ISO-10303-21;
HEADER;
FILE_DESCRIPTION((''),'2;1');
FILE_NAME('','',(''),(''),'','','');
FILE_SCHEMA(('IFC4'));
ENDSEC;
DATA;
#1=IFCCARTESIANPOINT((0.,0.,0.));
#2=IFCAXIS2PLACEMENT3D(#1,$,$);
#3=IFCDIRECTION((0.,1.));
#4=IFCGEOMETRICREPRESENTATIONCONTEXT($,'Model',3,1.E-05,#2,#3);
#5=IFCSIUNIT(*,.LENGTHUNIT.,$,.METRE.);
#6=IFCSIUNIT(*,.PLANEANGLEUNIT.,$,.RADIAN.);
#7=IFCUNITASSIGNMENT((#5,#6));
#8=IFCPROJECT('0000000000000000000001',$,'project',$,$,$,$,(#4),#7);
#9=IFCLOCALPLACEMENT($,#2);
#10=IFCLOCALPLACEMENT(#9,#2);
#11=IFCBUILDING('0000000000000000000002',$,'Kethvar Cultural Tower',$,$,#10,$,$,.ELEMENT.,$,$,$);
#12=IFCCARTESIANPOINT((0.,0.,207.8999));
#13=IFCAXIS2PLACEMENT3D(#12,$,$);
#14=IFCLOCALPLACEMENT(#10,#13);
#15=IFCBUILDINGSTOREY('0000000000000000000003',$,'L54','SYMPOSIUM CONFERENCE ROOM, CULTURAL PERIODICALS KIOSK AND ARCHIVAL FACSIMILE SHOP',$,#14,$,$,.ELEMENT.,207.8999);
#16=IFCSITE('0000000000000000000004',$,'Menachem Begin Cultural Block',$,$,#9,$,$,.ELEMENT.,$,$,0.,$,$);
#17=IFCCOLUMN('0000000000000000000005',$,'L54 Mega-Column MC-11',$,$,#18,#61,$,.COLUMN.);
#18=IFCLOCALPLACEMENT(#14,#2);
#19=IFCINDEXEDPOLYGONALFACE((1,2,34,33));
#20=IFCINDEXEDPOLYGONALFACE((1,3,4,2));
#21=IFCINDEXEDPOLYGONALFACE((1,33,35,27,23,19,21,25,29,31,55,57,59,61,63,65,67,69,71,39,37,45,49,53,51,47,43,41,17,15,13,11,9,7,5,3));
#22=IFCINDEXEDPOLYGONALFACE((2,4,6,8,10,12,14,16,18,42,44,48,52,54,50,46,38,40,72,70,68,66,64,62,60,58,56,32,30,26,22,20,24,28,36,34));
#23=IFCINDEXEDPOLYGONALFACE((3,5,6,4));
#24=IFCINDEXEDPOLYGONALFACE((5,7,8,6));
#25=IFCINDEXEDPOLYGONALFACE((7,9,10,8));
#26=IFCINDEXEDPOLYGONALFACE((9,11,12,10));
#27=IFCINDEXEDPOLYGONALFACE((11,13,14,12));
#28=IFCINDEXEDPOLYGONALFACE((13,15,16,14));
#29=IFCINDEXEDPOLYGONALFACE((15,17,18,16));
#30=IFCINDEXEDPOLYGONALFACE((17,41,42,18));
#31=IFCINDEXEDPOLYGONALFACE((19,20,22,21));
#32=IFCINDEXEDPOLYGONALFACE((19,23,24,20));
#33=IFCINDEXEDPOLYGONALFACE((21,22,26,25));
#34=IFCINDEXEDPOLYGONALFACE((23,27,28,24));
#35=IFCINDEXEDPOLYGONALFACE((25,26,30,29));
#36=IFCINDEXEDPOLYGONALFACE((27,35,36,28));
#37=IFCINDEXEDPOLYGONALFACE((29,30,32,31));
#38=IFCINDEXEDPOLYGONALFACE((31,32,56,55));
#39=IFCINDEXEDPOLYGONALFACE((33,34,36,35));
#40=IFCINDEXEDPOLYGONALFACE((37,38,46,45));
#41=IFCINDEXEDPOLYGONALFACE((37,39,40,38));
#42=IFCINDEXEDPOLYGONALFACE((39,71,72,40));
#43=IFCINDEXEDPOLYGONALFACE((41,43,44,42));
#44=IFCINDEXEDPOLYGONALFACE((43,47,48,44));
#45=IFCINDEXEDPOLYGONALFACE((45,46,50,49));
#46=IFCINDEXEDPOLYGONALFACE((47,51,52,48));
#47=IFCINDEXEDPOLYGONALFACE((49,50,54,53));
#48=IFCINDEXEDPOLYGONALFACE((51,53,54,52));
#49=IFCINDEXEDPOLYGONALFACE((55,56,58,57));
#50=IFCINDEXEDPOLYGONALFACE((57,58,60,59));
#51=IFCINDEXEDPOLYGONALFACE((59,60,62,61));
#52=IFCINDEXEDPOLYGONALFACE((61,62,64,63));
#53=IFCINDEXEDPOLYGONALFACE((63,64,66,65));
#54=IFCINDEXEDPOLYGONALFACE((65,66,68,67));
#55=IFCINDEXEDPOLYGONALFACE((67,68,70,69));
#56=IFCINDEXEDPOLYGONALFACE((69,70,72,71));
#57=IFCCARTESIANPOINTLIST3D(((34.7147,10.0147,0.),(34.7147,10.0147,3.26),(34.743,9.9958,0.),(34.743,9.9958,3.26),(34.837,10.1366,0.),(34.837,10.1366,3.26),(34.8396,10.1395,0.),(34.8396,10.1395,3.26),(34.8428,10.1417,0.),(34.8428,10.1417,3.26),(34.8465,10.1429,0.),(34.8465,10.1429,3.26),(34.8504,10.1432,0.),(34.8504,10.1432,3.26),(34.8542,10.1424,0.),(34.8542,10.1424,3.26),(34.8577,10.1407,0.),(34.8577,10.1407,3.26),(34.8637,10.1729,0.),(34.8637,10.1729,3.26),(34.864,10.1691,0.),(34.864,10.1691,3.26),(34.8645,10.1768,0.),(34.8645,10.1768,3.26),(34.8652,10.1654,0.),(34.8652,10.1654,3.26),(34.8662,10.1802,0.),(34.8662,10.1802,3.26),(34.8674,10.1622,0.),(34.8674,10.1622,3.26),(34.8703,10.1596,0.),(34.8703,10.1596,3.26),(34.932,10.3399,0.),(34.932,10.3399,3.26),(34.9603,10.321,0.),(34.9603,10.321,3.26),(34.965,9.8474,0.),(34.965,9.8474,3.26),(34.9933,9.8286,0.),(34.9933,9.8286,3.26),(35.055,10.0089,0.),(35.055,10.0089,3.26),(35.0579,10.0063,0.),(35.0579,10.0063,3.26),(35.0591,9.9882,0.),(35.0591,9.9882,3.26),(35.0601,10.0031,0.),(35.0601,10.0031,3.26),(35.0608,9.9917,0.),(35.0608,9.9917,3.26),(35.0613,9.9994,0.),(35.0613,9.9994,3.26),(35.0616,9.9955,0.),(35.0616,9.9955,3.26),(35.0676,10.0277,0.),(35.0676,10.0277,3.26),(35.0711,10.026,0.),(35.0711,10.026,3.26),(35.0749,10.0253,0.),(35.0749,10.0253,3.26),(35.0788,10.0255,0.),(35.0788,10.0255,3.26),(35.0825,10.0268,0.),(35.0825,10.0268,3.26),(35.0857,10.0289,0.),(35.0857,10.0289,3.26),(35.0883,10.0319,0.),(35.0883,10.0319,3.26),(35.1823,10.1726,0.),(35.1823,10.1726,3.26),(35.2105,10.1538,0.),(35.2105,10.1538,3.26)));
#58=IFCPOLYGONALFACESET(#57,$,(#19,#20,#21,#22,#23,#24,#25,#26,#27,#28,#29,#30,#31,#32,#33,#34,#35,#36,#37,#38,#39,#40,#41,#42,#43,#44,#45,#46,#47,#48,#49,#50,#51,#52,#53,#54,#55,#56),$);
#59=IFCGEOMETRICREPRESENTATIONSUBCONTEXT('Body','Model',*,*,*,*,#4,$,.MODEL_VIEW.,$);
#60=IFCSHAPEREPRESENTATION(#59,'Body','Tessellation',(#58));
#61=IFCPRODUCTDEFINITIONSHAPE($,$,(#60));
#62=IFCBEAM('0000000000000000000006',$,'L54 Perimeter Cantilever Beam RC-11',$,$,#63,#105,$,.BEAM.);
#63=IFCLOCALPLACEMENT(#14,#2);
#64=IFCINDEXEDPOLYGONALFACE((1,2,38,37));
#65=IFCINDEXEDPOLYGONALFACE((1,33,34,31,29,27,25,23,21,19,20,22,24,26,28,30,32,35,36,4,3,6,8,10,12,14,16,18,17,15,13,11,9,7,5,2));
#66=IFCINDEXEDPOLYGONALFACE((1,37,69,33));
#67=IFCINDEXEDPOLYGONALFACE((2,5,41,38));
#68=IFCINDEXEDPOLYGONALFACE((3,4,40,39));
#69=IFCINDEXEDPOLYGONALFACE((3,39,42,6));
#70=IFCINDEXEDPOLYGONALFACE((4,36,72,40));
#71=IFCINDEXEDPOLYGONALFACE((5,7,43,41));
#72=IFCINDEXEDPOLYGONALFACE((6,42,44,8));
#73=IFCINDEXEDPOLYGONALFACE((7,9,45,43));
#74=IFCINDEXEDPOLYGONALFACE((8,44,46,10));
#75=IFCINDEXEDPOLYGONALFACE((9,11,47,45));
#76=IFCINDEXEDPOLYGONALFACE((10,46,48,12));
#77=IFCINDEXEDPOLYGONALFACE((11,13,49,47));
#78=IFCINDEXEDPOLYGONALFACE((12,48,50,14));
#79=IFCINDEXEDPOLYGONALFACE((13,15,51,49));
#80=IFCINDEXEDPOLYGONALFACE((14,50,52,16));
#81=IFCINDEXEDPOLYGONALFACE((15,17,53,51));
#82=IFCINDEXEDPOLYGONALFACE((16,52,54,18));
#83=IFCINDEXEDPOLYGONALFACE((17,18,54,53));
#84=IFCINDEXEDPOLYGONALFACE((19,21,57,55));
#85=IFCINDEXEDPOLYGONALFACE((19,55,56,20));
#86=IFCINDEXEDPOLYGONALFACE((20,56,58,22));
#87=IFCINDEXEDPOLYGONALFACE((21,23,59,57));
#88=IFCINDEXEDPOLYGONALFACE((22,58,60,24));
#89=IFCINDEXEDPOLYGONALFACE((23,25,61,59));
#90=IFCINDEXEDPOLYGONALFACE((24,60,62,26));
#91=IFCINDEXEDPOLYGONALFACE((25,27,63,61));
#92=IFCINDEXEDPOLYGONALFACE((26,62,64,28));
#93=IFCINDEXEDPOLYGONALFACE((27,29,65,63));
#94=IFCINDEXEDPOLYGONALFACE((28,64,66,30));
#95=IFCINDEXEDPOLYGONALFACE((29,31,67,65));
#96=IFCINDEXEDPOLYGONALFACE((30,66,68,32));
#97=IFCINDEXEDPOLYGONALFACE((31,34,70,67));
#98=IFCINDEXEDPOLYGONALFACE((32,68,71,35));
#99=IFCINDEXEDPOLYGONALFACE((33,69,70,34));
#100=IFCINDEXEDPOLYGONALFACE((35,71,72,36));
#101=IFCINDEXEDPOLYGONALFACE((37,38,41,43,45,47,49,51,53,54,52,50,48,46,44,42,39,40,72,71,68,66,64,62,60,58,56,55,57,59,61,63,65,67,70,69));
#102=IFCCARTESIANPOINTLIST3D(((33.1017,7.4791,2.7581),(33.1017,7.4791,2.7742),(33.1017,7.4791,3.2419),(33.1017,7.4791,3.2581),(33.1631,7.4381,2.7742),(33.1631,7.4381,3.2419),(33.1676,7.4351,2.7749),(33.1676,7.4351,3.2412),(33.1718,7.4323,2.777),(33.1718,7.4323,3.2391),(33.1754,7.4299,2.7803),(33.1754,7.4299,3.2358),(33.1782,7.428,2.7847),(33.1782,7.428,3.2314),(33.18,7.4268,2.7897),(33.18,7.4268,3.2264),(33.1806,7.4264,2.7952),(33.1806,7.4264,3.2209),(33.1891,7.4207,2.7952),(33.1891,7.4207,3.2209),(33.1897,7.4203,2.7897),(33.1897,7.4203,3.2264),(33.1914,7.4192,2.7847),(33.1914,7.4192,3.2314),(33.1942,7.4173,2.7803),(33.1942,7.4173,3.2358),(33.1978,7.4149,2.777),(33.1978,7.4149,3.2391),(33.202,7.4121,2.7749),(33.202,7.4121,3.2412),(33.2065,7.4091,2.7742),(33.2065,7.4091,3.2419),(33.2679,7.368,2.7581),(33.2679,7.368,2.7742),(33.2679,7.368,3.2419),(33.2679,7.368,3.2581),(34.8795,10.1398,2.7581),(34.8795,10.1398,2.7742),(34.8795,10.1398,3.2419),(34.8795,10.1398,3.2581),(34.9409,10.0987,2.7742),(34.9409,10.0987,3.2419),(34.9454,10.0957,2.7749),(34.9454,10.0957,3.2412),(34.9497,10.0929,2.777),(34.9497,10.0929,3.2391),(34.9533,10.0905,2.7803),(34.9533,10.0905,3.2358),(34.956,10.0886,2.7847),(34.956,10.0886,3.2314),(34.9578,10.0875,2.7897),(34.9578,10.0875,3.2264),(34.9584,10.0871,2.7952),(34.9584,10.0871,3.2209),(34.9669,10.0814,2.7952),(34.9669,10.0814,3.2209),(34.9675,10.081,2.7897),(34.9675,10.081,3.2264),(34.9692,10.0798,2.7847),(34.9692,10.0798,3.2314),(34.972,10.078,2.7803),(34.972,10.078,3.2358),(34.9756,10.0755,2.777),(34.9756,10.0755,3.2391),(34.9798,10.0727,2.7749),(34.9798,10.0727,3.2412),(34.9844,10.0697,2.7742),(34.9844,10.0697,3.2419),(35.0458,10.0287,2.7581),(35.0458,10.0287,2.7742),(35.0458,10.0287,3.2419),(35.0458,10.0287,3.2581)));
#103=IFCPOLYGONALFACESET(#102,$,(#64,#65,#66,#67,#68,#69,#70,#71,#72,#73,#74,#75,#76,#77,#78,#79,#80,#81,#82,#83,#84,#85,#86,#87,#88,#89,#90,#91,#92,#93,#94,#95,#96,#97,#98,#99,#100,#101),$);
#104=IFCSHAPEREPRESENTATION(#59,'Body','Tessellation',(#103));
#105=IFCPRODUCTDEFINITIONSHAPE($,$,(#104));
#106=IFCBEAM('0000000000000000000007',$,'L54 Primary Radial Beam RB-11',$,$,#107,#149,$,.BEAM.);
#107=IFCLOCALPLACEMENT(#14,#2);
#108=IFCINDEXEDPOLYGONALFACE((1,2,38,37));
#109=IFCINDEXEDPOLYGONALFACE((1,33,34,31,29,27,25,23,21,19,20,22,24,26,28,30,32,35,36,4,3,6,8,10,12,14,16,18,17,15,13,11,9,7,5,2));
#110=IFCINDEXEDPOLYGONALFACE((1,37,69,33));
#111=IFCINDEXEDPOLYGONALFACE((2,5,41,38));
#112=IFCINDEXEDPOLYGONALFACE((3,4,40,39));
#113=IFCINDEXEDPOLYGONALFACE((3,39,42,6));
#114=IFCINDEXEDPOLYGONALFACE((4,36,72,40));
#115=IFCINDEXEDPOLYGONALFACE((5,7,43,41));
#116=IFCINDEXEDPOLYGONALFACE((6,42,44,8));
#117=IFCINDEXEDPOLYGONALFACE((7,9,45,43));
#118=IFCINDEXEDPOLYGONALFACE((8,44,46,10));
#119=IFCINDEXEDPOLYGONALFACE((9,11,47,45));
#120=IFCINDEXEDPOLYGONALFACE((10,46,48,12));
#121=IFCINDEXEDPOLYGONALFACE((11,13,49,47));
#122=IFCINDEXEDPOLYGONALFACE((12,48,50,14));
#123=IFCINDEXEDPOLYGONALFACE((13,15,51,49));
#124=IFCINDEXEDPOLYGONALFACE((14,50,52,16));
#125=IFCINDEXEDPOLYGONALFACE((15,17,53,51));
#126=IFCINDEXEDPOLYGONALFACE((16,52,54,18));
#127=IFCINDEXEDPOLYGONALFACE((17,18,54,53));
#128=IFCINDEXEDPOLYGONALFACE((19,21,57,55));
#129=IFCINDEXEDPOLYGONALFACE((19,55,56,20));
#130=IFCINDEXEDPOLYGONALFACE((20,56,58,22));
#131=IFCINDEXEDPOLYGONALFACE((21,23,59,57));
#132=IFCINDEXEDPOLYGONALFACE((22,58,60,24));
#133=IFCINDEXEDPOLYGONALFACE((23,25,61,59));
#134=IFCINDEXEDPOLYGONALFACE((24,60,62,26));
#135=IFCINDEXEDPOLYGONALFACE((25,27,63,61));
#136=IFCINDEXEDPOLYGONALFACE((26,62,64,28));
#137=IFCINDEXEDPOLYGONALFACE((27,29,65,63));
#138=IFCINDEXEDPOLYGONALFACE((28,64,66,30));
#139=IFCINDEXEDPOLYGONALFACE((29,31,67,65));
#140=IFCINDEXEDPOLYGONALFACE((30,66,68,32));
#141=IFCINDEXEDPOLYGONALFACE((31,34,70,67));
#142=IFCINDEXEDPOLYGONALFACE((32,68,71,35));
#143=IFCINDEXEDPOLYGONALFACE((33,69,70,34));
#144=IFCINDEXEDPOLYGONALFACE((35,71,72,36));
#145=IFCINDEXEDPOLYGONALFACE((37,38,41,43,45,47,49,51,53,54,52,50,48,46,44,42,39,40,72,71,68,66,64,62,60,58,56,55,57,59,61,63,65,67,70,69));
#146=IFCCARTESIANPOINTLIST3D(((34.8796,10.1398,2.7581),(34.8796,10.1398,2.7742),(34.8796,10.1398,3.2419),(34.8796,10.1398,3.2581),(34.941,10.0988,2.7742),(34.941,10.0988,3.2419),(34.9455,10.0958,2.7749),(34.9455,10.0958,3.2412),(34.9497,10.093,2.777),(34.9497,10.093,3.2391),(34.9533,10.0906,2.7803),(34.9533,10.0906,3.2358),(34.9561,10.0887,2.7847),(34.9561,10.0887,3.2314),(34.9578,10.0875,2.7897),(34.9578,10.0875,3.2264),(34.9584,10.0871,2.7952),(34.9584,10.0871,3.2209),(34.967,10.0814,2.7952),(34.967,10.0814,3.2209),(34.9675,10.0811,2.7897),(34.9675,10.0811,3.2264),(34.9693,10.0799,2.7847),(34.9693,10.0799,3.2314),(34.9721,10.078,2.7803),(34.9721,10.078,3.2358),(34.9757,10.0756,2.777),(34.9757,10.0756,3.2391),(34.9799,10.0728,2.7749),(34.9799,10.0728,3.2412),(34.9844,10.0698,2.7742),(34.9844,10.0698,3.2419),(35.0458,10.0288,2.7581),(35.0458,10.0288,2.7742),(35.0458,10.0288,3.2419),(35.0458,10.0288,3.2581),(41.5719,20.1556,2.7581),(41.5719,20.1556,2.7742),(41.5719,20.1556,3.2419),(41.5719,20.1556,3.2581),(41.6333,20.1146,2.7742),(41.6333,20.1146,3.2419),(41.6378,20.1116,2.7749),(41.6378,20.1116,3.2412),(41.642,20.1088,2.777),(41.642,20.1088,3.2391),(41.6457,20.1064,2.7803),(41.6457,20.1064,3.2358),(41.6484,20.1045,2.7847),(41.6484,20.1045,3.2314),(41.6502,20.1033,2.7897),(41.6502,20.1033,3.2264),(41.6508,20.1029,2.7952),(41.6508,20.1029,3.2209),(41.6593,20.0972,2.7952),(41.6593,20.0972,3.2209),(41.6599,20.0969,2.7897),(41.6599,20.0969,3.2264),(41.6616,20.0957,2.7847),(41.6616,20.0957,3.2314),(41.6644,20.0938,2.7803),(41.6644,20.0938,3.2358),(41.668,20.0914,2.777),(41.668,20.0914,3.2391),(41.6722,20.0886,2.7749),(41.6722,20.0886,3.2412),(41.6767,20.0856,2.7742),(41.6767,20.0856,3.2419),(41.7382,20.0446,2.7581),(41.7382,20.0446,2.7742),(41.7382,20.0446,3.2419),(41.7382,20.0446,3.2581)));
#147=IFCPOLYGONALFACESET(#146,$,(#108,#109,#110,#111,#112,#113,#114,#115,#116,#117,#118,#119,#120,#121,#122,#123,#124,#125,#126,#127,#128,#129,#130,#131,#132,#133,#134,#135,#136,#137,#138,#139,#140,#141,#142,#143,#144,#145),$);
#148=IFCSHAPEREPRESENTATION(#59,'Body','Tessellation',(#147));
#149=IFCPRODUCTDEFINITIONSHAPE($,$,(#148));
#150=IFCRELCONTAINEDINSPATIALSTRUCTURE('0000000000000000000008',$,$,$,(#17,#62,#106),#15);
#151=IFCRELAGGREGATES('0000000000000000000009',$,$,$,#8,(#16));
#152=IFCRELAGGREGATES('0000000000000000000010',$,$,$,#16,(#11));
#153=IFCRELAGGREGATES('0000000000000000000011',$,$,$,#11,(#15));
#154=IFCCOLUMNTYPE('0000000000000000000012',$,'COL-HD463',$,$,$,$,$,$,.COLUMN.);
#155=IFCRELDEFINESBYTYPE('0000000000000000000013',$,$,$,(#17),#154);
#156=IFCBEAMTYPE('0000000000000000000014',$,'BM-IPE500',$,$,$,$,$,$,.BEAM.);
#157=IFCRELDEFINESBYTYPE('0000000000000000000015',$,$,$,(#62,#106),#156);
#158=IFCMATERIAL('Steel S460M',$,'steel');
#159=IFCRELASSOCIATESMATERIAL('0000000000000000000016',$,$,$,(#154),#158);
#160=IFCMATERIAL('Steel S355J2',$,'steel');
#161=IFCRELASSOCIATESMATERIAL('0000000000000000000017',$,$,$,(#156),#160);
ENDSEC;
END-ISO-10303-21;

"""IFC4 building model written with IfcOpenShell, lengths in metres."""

from ifc_helpers import new_model, si_unit, direction, frame, origin, origin_2d, place, context, subcontext, project, spatial, i_section, extrude, source, transform, mapped, material, material_profile, profile_set, type_object, element, save


model = new_model("IFC4")

# Units and contexts
model_context = context("Model", 3, precision=1e-05, world=origin(), true_north=direction((0.0, 1.0)))
body_context = subcontext(model_context, "Body", "Model", "MODEL_VIEW")
ifc_project = project(units=[si_unit("LENGTHUNIT", "METRE"), si_unit("PLANEANGLEUNIT", "RADIAN")], contexts=[model_context])

# Site, building, storey
site_placement = place(None, origin())
site = spatial("IfcSite", under=ifc_project, at=site_placement, Name="Menachem Begin Cultural Block", CompositionType="ELEMENT", RefElevation=0.0)
building_placement = place(site_placement, origin())
building = spatial("IfcBuilding", under=site, at=building_placement, Name="Kethvar Cultural Tower", CompositionType="ELEMENT")
storey_placement = place(building_placement, frame((0.0, 0.0, 207.8999)))
storey = spatial("IfcBuildingStorey", under=building, at=storey_placement, Name="L54", Description="SYMPOSIUM CONFERENCE ROOM, CULTURAL PERIODICALS KIOSK AND ARCHIVAL FACSIMILE SHOP", CompositionType="ELEMENT", Elevation=207.8999)

# Column
ifc_material_1 = material(Name="Steel S460M", Category="steel")
ifc_material_profile_1 = material_profile(ifc_material_1, i_section(OverallWidth=0.3911, OverallDepth=0.335, WebThickness=0.0227, FlangeThickness=0.0339, FilletRadius=0.0149, at=origin_2d()), Name="Steel S460M — HD400x463")
ifc_profile_set_1 = profile_set([ifc_material_profile_1], Name="Steel S460M — HD400x463")
column_type = type_object("IfcColumnType", Name="COL-HD463", PredefinedType="COLUMN", material=ifc_profile_set_1)
shared_shape_1 = source(origin(), body_context, "Body", "SweptSolid", [
    extrude(i_section(OverallWidth=0.3911, OverallDepth=0.335, WebThickness=0.0227, FlangeThickness=0.0339, FilletRadius=0.0149, at=origin_2d()), origin(), (0.0, 0.0, 1.0), 3.26),
])
column_placement = place(storey_placement, frame((34.9626, 10.0842, 0.0), z_axis=(0.0, 0.0, 1.0), x_axis=(-0.55557, -0.83147, 0.0)))
element("IfcColumn", 1, at=column_placement, inside=storey, type_object=column_type, Name="L54 Mega-Column MC-11", PredefinedType="COLUMN", context=body_context, shape_type="MappedRepresentation", body=[
    mapped(shared_shape_1, transform((0.0, 0.0, 0.0), scale=1.0)),
])

# Beams
ifc_material_2 = material(Name="Steel S355J2", Category="steel")
ifc_material_profile_2 = material_profile(ifc_material_2, i_section(OverallWidth=0.2, OverallDepth=0.5, WebThickness=0.0103, FlangeThickness=0.0161, FilletRadius=0.021, at=origin_2d()), Name="Steel S355J2 — IPE500")
ifc_profile_set_2 = profile_set([ifc_material_profile_2], Name="Steel S355J2 — IPE500")
beam_type_1 = type_object("IfcBeamType", Name="BM-IPE500", PredefinedType="BEAM", material=ifc_profile_set_2)
shared_shape_2 = source(origin(), body_context, "Body", "SweptSolid", [
    extrude(i_section(OverallWidth=0.2, OverallDepth=0.5, WebThickness=0.0103, FlangeThickness=0.0161, FilletRadius=0.021, at=origin_2d()), origin(), (0.0, 0.0, 1.0), 3.2),
])
beam_1_placement = place(storey_placement, frame((34.9626, 10.0842, 3.0081), z_axis=(-0.55558, -0.831463, 0.0), x_axis=(0.831463, -0.55558, 0.0)))
element("IfcBeam", 2, at=beam_1_placement, inside=storey, type_object=beam_type_1, Name="L54 Perimeter Cantilever Beam RC-11", PredefinedType="BEAM", context=body_context, shape_type="MappedRepresentation", body=[
    mapped(shared_shape_2, transform((0.0, 0.0, 0.0), scale=1.0)),
])
shared_shape_3 = source(origin(), body_context, "Body", "SweptSolid", [
    extrude(i_section(OverallWidth=0.2, OverallDepth=0.5, WebThickness=0.0103, FlangeThickness=0.0161, FilletRadius=0.021, at=origin_2d()), origin(), (0.0, 0.0, 1.0), 12.0459),
])
beam_2_placement = place(storey_placement, frame((41.655, 20.1001, 3.0081), z_axis=(-0.55557, -0.83147, 0.0), x_axis=(0.83147, -0.55557, 0.0)))
element("IfcBeam", 3, at=beam_2_placement, inside=storey, type_object=beam_type_1, Name="L54 Primary Radial Beam RB-11", PredefinedType="BEAM", context=body_context, shape_type="MappedRepresentation", body=[
    mapped(shared_shape_3, transform((0.0, 0.0, 0.0), scale=1.0)),
])

save(model, "model.ifc")
